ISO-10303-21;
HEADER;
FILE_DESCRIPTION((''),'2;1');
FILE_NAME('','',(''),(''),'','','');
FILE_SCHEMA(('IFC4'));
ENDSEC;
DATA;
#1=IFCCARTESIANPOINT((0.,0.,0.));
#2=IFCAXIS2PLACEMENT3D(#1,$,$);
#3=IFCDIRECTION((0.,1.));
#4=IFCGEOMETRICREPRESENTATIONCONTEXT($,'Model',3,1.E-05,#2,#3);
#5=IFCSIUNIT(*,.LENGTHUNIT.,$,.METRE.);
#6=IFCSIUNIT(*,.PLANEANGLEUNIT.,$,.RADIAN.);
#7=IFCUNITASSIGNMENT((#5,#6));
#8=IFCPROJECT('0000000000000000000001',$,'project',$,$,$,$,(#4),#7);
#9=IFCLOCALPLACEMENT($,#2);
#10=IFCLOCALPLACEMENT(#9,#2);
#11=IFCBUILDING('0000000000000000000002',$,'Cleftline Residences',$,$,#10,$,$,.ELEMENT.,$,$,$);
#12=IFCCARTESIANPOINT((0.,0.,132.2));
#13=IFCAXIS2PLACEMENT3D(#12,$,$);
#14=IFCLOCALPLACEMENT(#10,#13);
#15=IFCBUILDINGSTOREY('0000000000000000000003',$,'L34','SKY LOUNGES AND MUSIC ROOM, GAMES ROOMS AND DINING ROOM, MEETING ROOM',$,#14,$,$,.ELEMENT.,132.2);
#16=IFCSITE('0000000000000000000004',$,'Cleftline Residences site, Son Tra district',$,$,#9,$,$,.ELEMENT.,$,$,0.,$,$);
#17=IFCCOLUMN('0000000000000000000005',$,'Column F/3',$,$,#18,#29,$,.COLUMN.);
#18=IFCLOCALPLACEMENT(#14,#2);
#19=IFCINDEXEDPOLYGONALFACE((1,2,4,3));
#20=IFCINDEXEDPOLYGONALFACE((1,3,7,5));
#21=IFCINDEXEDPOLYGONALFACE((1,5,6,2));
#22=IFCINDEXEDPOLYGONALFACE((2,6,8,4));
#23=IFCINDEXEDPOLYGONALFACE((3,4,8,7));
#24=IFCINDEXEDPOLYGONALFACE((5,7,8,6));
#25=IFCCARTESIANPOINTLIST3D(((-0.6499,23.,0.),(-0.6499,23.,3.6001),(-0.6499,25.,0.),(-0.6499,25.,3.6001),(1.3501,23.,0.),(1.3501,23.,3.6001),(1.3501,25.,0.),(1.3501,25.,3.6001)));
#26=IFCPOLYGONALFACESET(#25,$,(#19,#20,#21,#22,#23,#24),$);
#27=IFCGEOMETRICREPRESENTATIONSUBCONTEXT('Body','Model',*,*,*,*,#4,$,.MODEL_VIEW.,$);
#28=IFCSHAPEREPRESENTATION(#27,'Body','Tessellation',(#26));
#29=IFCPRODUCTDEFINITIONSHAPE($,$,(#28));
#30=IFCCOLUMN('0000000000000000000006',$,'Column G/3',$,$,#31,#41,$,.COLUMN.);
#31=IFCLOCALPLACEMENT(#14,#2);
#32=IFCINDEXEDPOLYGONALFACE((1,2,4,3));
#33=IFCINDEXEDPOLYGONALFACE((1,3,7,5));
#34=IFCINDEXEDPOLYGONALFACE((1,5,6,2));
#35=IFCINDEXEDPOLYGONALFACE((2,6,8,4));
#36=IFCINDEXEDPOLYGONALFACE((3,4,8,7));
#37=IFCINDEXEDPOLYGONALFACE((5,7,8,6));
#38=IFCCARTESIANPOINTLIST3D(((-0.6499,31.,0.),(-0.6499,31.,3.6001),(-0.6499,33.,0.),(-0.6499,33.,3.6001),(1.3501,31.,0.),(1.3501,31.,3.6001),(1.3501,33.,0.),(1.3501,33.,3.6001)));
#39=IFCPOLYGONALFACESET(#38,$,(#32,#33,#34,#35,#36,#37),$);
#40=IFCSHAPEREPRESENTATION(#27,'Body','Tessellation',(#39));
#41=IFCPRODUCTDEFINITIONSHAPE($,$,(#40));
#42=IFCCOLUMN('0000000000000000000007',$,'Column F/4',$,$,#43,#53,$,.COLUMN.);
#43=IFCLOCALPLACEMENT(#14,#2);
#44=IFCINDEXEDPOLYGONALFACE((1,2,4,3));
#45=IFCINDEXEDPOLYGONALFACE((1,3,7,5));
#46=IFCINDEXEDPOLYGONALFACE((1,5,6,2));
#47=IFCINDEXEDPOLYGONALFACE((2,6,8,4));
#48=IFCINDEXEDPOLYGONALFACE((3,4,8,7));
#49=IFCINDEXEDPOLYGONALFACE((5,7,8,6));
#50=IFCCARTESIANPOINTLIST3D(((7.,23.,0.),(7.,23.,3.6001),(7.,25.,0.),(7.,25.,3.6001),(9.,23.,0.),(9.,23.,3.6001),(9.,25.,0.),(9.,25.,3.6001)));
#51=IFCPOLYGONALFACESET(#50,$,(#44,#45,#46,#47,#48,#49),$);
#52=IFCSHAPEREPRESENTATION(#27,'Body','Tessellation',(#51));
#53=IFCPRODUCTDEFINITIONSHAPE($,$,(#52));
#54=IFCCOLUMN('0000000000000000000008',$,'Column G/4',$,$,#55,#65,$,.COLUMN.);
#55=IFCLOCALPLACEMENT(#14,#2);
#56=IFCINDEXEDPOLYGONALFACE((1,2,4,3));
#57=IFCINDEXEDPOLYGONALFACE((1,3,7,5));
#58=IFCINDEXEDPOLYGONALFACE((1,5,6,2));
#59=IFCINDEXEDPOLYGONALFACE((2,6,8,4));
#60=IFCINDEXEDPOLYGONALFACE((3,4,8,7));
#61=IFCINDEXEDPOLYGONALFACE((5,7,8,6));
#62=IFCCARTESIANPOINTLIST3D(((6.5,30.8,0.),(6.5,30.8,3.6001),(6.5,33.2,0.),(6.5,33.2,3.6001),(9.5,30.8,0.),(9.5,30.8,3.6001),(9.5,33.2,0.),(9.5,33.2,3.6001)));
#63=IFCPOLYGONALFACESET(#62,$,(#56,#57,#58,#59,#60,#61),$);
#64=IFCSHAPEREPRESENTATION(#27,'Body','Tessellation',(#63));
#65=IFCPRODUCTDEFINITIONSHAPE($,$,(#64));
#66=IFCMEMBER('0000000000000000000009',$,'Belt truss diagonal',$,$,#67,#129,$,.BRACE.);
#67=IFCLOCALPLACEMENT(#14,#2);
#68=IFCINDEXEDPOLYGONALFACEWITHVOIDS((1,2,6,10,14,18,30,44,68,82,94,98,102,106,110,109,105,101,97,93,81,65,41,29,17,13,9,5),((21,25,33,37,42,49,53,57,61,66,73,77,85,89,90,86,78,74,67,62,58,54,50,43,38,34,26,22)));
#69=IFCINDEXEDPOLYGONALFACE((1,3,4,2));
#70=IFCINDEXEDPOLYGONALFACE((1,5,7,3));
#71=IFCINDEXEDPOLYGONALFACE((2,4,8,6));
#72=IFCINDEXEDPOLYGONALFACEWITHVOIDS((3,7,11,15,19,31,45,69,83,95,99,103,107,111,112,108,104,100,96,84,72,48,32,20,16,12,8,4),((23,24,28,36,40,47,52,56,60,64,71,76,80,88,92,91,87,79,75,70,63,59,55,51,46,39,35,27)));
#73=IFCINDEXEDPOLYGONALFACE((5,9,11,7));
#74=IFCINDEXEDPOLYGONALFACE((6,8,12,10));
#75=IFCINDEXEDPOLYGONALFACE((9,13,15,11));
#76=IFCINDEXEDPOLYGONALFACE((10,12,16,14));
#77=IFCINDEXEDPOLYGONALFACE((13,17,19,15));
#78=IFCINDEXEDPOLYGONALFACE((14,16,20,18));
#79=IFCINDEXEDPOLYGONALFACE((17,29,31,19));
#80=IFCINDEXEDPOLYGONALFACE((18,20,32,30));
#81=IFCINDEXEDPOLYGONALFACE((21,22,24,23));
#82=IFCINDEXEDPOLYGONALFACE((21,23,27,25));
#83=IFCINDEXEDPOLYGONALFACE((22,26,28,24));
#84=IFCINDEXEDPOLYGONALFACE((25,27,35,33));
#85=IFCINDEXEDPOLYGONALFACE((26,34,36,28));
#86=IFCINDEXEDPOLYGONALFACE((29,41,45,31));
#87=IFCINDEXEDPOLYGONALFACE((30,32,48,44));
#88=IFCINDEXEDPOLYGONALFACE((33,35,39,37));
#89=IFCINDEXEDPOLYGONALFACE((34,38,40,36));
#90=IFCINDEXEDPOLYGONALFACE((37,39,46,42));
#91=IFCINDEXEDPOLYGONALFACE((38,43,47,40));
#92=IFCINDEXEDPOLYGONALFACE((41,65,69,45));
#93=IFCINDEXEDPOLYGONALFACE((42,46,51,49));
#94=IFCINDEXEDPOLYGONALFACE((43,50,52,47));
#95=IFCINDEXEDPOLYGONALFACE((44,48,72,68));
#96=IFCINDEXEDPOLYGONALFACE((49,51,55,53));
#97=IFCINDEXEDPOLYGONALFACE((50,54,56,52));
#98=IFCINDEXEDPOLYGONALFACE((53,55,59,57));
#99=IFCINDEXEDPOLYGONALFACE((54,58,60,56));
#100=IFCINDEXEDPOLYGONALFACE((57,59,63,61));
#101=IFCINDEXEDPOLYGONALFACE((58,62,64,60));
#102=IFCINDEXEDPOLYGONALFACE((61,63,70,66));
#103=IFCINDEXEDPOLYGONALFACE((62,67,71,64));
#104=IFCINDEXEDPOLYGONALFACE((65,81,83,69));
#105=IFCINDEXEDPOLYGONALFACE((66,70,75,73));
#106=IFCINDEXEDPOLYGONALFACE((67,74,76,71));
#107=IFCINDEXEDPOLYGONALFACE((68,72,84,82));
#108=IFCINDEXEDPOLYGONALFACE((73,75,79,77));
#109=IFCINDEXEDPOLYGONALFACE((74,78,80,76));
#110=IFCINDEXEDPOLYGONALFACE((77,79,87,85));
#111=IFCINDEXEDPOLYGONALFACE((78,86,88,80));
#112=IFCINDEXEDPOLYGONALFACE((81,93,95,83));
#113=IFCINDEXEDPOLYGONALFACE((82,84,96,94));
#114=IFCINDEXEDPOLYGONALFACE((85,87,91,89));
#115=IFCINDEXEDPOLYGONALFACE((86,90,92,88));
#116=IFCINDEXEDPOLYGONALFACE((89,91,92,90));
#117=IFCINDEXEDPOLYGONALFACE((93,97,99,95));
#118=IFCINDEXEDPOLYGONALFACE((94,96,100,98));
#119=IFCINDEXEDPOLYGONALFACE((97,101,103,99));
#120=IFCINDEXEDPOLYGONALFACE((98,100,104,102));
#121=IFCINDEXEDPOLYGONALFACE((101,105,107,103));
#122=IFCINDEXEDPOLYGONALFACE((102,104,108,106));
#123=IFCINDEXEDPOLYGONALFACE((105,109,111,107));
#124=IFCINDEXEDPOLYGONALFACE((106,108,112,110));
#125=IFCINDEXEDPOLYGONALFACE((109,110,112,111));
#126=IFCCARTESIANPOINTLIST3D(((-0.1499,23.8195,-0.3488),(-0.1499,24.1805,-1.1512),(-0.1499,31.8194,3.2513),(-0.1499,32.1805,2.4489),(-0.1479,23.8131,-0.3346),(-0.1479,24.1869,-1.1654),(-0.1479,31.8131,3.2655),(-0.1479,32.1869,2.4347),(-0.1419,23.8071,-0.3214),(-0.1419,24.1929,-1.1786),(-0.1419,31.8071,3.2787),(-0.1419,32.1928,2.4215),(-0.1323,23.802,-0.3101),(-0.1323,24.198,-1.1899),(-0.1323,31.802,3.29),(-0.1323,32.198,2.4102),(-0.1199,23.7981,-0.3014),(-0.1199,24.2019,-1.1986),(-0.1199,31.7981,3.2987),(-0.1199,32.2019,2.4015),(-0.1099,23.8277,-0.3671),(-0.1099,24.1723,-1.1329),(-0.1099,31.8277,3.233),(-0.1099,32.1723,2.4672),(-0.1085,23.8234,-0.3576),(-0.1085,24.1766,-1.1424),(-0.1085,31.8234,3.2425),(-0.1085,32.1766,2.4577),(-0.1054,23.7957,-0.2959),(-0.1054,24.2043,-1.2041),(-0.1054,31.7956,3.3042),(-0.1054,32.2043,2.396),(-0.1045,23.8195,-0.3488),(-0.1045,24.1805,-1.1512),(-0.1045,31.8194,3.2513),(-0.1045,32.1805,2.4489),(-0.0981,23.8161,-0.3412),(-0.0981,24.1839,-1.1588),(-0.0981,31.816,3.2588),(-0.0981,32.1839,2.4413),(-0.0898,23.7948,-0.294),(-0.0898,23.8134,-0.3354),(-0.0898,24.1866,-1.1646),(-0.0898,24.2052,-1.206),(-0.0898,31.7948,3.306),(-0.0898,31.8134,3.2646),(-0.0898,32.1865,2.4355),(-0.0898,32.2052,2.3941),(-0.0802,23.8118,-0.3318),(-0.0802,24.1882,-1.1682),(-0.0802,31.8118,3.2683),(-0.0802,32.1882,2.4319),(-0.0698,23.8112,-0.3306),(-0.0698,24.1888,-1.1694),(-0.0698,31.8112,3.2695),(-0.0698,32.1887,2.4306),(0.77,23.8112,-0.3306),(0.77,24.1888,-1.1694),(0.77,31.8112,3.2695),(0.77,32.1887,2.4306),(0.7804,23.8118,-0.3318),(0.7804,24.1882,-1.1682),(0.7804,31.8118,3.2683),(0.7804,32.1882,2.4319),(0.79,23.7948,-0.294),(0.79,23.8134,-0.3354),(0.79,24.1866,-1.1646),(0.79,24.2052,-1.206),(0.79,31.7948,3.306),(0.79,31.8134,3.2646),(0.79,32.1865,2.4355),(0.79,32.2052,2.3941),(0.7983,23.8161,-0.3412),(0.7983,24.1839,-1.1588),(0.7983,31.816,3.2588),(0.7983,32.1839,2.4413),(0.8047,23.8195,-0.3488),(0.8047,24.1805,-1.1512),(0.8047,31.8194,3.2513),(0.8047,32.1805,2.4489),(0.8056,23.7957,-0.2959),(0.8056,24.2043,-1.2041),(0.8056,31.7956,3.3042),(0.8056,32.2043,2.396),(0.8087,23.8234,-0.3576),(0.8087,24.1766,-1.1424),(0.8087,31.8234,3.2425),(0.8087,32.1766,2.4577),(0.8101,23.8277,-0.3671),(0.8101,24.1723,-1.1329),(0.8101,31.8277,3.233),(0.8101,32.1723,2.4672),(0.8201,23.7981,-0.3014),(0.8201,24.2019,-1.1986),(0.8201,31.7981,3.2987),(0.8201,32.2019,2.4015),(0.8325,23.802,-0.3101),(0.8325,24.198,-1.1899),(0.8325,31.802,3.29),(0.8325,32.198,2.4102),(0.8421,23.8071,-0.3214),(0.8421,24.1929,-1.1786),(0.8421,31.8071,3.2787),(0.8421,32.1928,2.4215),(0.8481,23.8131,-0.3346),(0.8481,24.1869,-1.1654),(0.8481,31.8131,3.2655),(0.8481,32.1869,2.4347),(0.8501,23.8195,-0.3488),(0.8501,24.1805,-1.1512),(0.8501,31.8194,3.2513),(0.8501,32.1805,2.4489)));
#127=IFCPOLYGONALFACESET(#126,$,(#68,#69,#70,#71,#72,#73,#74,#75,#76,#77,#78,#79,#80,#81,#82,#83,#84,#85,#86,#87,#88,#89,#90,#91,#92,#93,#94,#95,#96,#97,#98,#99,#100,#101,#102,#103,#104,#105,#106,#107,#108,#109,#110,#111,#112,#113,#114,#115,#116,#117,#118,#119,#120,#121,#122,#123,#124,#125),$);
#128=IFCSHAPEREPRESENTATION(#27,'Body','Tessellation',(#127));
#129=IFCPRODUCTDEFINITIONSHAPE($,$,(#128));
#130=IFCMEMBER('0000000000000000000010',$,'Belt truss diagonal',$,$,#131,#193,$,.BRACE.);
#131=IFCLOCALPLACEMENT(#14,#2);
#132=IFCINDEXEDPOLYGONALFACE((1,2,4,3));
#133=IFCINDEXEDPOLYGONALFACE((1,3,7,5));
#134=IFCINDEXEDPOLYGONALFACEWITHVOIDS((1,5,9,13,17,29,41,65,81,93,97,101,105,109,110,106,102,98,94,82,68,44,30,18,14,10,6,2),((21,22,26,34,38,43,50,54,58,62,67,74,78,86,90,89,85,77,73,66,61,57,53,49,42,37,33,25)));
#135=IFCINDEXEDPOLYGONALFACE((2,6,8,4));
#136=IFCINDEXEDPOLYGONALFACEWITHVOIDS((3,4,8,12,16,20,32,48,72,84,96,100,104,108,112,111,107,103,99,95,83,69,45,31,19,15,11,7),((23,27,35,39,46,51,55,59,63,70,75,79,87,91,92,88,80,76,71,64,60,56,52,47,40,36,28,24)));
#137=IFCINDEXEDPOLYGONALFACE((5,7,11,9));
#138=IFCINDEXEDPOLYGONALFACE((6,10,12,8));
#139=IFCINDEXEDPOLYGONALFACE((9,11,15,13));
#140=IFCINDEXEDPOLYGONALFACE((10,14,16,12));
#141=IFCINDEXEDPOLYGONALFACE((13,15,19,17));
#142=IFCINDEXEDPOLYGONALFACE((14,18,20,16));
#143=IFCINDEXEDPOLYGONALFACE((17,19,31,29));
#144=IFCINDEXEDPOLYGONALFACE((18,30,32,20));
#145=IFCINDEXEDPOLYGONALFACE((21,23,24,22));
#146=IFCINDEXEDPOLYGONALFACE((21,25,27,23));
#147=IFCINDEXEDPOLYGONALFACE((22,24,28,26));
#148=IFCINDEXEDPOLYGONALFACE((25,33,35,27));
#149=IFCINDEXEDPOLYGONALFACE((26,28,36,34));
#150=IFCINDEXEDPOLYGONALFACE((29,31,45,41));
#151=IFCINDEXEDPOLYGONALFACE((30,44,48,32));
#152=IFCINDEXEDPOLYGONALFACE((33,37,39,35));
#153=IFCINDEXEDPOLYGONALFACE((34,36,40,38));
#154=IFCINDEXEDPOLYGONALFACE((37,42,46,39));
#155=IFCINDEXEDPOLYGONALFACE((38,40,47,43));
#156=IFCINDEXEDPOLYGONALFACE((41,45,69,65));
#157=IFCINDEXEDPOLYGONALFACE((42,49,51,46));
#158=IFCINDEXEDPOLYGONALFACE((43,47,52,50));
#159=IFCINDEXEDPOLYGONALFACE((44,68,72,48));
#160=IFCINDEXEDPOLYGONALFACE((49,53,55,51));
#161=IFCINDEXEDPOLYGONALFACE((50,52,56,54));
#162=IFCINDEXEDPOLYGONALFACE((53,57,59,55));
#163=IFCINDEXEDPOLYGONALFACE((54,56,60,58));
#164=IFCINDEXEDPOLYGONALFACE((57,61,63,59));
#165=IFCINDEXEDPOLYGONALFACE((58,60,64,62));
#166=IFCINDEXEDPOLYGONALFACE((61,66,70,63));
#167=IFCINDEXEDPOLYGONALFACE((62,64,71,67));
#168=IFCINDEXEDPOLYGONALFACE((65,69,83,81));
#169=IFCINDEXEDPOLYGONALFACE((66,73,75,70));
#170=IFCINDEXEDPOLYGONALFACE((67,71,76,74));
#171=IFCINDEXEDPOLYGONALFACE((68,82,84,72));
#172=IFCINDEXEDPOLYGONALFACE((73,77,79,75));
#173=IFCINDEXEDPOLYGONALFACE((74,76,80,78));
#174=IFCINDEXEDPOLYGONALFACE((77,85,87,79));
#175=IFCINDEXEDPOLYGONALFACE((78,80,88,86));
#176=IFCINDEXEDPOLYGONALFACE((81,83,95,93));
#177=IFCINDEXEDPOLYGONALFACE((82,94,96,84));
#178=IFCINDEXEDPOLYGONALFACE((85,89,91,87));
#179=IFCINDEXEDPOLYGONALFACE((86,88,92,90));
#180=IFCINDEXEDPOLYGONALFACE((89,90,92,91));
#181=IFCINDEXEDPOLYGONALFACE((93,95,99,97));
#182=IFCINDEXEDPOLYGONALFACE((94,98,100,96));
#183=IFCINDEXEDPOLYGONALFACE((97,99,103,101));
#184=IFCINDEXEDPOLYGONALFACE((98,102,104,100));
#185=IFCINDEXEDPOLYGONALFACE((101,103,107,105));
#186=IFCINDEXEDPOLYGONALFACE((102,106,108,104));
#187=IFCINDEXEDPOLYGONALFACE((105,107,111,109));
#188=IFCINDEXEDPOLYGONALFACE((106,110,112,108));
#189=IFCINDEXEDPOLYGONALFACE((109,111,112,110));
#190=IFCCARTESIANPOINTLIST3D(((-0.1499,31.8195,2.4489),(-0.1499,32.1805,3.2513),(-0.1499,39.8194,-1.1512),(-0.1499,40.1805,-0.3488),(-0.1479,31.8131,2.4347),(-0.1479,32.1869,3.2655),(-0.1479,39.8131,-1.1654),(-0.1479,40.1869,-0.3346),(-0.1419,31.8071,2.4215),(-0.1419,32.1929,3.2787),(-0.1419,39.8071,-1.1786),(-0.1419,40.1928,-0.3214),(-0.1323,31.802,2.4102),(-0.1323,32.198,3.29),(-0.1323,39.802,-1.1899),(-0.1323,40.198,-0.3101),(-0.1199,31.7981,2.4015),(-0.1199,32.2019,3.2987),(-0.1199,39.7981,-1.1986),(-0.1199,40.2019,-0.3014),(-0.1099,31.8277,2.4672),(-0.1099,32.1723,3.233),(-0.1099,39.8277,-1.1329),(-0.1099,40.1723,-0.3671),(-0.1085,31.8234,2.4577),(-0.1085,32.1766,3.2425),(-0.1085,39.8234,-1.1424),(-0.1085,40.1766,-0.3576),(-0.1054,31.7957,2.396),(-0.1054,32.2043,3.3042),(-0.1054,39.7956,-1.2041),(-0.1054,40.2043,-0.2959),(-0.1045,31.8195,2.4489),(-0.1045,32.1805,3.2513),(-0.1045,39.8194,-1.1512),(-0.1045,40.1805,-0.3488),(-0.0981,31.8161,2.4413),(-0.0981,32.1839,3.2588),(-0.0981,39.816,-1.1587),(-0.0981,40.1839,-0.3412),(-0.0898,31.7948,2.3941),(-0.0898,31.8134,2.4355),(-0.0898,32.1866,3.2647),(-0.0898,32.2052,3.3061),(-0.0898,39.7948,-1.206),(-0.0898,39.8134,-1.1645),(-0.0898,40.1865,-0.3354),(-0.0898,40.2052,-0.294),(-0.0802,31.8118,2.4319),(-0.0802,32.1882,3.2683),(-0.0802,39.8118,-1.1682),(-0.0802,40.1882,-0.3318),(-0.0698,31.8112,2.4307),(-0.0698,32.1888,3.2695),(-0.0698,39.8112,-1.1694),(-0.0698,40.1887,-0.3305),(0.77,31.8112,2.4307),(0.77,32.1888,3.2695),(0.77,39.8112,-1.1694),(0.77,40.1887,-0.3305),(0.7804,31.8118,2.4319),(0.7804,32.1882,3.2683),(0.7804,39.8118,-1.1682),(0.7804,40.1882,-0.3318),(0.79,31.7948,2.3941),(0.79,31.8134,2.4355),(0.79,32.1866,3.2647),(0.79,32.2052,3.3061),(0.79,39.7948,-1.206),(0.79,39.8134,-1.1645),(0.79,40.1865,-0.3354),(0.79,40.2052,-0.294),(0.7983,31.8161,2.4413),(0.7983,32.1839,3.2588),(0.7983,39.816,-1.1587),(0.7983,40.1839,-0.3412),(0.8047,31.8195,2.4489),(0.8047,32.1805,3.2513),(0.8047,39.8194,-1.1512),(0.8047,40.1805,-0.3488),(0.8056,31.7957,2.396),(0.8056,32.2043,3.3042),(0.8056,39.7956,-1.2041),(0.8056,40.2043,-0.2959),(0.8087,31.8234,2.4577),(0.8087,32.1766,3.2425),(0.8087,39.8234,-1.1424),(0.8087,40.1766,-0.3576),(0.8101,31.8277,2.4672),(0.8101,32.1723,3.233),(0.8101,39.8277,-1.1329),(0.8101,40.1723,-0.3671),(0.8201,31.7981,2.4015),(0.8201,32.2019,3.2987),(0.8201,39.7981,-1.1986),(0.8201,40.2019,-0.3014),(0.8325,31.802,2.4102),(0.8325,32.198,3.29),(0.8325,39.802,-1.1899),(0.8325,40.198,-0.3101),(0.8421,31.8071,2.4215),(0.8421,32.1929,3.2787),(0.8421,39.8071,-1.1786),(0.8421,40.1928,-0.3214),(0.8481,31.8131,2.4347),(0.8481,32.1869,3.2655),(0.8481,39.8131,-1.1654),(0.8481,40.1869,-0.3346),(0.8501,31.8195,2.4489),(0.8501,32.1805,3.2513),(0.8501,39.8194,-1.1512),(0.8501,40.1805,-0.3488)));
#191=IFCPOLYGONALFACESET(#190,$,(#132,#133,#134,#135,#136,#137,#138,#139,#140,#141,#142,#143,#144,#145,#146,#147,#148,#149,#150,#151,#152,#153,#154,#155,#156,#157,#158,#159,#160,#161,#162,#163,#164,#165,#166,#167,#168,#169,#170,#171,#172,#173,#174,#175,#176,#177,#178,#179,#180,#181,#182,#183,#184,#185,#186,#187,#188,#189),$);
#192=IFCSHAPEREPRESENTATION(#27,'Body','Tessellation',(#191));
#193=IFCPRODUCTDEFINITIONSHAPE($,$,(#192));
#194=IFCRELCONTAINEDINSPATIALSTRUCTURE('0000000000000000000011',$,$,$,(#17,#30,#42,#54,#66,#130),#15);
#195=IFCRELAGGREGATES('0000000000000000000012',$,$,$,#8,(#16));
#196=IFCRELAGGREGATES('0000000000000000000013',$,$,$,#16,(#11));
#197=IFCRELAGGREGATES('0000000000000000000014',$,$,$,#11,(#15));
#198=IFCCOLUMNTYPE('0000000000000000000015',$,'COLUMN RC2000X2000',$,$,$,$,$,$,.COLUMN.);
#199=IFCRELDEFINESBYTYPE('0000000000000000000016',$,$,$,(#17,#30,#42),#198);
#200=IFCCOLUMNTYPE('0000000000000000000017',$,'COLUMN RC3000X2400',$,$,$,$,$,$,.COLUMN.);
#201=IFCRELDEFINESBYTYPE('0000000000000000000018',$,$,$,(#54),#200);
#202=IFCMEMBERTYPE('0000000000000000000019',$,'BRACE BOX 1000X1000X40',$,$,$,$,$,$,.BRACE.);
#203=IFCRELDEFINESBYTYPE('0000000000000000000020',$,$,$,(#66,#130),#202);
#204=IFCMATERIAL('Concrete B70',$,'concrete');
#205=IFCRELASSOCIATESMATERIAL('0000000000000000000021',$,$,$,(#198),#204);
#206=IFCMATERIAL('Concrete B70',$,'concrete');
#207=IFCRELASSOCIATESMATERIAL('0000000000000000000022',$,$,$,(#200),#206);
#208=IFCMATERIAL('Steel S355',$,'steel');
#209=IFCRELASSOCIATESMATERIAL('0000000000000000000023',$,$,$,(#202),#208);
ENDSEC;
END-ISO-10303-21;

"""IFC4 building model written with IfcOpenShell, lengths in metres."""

from ifc_helpers import new_model, si_unit, direction, frame, origin, origin_2d, place, context, subcontext, project, spatial, rectangle, hollow_rectangle, extrude, material, material_profile, profile_set, type_object, element, save


model = new_model("IFC4")

# Units and contexts
model_context = context("Model", 3, precision=1e-05, world=origin(), true_north=direction((0.0, 1.0)))
body_context = subcontext(model_context, "Body", "Model", "MODEL_VIEW")
ifc_project = project(units=[si_unit("LENGTHUNIT", "METRE"), si_unit("PLANEANGLEUNIT", "RADIAN")], contexts=[model_context])

# Site, building, storey
site_placement = place(None, origin())
site = spatial("IfcSite", under=ifc_project, at=site_placement, Name="Cleftline Residences site, Son Tra district", CompositionType="ELEMENT", RefElevation=0.0)
building_placement = place(site_placement, origin())
building = spatial("IfcBuilding", under=site, at=building_placement, Name="Cleftline Residences", CompositionType="ELEMENT")
storey_placement = place(building_placement, frame((0.0, 0.0, 132.2)))
storey = spatial("IfcBuildingStorey", under=building, at=storey_placement, Name="L34", Description="SKY LOUNGES AND MUSIC ROOM, GAMES ROOMS AND DINING ROOM, MEETING ROOM", CompositionType="ELEMENT", Elevation=132.2)

# Columns
ifc_material_1 = material(Name="Concrete B70", Category="concrete")
ifc_material_profile_1 = material_profile(ifc_material_1, rectangle(XDim=2.0, YDim=2.0, at=origin_2d()))
ifc_profile_set_1 = profile_set([ifc_material_profile_1], Name="Concrete B70")
column_type_1 = type_object("IfcColumnType", Name="COLUMN RC2000X2000", PredefinedType="COLUMN", material=ifc_profile_set_1)
for number, where, z_axis, x_axis, name in (
    (1, (0.3501, 24.0, 0.0), (0.0, 0.0, 1.0), (1.0, 0.0, 0.0), "Column F/3"),
    (2, (0.3501, 32.0, 0.0), (0.0, 0.0, 1.0), (1.0, 0.0, 0.0), "Column G/3"),
    (3, (8.0, 24.0, 0.0), (0.0, 0.0, 1.0), (1.0, 0.0, 0.0), "Column F/4"),
):
    element("IfcColumn", number, at=place(storey_placement, frame(where, z_axis=z_axis, x_axis=x_axis)), inside=storey, type_object=column_type_1, Name=name, PredefinedType="COLUMN", context=body_context, shape_type="SweptSolid", body=[
        extrude(rectangle(XDim=2.0, YDim=2.0, at=origin_2d()), origin(), (0.0, 0.0, 1.0), 3.6001),
    ])
ifc_material_2 = material(Name="Concrete B70", Category="concrete")
ifc_material_profile_2 = material_profile(ifc_material_2, rectangle(XDim=3.0, YDim=2.3999, at=origin_2d()))
ifc_profile_set_2 = profile_set([ifc_material_profile_2], Name="Concrete B70")
column_type_2 = type_object("IfcColumnType", Name="COLUMN RC3000X2400", PredefinedType="COLUMN", material=ifc_profile_set_2)
column_placement = place(storey_placement, frame((8.0, 32.0, 0.0), z_axis=(0.0, 0.0, 1.0), x_axis=(1.0, 0.0, 0.0)))
element("IfcColumn", 4, at=column_placement, inside=storey, type_object=column_type_2, Name="Column G/4", PredefinedType="COLUMN", context=body_context, shape_type="SweptSolid", body=[
    extrude(rectangle(XDim=3.0, YDim=2.3999, at=origin_2d()), origin(), (0.0, 0.0, 1.0), 3.6001),
])

# Members
ifc_material_3 = material(Name="Steel S355", Category="steel")
ifc_material_profile_3 = material_profile(ifc_material_3, hollow_rectangle(XDim=1.0, YDim=1.0, WallThickness=0.04, InnerFilletRadius=0.04, OuterFilletRadius=0.0601, at=origin_2d()))
ifc_profile_set_3 = profile_set([ifc_material_profile_3], Name="Steel S355")
member_type_1 = type_object("IfcMemberType", Name="BRACE BOX 1000X1000X40", PredefinedType="BRACE", material=ifc_profile_set_3)
for number, where, z_axis, x_axis, name in (
    (5, (0.3501, 24.0, -0.75), (0.0, 0.911917, 0.410374), (0.0, -0.410374, 0.911917), "Belt truss diagonal"),
    (6, (0.3501, 32.0, 2.8501), (0.0, 0.911917, -0.410374), (0.0, 0.410374, 0.911917), "Belt truss diagonal"),
):
    element("IfcMember", number, at=place(storey_placement, frame(where, z_axis=z_axis, x_axis=x_axis)), inside=storey, type_object=member_type_1, Name=name, PredefinedType="BRACE", context=body_context, shape_type="SweptSolid", body=[
        extrude(hollow_rectangle(XDim=1.0, YDim=1.0, WallThickness=0.04, InnerFilletRadius=0.04, OuterFilletRadius=0.0601, at=origin_2d()), origin(), (0.0, 0.0, 1.0), 8.7727),
    ])

save(model, "model.ifc")
